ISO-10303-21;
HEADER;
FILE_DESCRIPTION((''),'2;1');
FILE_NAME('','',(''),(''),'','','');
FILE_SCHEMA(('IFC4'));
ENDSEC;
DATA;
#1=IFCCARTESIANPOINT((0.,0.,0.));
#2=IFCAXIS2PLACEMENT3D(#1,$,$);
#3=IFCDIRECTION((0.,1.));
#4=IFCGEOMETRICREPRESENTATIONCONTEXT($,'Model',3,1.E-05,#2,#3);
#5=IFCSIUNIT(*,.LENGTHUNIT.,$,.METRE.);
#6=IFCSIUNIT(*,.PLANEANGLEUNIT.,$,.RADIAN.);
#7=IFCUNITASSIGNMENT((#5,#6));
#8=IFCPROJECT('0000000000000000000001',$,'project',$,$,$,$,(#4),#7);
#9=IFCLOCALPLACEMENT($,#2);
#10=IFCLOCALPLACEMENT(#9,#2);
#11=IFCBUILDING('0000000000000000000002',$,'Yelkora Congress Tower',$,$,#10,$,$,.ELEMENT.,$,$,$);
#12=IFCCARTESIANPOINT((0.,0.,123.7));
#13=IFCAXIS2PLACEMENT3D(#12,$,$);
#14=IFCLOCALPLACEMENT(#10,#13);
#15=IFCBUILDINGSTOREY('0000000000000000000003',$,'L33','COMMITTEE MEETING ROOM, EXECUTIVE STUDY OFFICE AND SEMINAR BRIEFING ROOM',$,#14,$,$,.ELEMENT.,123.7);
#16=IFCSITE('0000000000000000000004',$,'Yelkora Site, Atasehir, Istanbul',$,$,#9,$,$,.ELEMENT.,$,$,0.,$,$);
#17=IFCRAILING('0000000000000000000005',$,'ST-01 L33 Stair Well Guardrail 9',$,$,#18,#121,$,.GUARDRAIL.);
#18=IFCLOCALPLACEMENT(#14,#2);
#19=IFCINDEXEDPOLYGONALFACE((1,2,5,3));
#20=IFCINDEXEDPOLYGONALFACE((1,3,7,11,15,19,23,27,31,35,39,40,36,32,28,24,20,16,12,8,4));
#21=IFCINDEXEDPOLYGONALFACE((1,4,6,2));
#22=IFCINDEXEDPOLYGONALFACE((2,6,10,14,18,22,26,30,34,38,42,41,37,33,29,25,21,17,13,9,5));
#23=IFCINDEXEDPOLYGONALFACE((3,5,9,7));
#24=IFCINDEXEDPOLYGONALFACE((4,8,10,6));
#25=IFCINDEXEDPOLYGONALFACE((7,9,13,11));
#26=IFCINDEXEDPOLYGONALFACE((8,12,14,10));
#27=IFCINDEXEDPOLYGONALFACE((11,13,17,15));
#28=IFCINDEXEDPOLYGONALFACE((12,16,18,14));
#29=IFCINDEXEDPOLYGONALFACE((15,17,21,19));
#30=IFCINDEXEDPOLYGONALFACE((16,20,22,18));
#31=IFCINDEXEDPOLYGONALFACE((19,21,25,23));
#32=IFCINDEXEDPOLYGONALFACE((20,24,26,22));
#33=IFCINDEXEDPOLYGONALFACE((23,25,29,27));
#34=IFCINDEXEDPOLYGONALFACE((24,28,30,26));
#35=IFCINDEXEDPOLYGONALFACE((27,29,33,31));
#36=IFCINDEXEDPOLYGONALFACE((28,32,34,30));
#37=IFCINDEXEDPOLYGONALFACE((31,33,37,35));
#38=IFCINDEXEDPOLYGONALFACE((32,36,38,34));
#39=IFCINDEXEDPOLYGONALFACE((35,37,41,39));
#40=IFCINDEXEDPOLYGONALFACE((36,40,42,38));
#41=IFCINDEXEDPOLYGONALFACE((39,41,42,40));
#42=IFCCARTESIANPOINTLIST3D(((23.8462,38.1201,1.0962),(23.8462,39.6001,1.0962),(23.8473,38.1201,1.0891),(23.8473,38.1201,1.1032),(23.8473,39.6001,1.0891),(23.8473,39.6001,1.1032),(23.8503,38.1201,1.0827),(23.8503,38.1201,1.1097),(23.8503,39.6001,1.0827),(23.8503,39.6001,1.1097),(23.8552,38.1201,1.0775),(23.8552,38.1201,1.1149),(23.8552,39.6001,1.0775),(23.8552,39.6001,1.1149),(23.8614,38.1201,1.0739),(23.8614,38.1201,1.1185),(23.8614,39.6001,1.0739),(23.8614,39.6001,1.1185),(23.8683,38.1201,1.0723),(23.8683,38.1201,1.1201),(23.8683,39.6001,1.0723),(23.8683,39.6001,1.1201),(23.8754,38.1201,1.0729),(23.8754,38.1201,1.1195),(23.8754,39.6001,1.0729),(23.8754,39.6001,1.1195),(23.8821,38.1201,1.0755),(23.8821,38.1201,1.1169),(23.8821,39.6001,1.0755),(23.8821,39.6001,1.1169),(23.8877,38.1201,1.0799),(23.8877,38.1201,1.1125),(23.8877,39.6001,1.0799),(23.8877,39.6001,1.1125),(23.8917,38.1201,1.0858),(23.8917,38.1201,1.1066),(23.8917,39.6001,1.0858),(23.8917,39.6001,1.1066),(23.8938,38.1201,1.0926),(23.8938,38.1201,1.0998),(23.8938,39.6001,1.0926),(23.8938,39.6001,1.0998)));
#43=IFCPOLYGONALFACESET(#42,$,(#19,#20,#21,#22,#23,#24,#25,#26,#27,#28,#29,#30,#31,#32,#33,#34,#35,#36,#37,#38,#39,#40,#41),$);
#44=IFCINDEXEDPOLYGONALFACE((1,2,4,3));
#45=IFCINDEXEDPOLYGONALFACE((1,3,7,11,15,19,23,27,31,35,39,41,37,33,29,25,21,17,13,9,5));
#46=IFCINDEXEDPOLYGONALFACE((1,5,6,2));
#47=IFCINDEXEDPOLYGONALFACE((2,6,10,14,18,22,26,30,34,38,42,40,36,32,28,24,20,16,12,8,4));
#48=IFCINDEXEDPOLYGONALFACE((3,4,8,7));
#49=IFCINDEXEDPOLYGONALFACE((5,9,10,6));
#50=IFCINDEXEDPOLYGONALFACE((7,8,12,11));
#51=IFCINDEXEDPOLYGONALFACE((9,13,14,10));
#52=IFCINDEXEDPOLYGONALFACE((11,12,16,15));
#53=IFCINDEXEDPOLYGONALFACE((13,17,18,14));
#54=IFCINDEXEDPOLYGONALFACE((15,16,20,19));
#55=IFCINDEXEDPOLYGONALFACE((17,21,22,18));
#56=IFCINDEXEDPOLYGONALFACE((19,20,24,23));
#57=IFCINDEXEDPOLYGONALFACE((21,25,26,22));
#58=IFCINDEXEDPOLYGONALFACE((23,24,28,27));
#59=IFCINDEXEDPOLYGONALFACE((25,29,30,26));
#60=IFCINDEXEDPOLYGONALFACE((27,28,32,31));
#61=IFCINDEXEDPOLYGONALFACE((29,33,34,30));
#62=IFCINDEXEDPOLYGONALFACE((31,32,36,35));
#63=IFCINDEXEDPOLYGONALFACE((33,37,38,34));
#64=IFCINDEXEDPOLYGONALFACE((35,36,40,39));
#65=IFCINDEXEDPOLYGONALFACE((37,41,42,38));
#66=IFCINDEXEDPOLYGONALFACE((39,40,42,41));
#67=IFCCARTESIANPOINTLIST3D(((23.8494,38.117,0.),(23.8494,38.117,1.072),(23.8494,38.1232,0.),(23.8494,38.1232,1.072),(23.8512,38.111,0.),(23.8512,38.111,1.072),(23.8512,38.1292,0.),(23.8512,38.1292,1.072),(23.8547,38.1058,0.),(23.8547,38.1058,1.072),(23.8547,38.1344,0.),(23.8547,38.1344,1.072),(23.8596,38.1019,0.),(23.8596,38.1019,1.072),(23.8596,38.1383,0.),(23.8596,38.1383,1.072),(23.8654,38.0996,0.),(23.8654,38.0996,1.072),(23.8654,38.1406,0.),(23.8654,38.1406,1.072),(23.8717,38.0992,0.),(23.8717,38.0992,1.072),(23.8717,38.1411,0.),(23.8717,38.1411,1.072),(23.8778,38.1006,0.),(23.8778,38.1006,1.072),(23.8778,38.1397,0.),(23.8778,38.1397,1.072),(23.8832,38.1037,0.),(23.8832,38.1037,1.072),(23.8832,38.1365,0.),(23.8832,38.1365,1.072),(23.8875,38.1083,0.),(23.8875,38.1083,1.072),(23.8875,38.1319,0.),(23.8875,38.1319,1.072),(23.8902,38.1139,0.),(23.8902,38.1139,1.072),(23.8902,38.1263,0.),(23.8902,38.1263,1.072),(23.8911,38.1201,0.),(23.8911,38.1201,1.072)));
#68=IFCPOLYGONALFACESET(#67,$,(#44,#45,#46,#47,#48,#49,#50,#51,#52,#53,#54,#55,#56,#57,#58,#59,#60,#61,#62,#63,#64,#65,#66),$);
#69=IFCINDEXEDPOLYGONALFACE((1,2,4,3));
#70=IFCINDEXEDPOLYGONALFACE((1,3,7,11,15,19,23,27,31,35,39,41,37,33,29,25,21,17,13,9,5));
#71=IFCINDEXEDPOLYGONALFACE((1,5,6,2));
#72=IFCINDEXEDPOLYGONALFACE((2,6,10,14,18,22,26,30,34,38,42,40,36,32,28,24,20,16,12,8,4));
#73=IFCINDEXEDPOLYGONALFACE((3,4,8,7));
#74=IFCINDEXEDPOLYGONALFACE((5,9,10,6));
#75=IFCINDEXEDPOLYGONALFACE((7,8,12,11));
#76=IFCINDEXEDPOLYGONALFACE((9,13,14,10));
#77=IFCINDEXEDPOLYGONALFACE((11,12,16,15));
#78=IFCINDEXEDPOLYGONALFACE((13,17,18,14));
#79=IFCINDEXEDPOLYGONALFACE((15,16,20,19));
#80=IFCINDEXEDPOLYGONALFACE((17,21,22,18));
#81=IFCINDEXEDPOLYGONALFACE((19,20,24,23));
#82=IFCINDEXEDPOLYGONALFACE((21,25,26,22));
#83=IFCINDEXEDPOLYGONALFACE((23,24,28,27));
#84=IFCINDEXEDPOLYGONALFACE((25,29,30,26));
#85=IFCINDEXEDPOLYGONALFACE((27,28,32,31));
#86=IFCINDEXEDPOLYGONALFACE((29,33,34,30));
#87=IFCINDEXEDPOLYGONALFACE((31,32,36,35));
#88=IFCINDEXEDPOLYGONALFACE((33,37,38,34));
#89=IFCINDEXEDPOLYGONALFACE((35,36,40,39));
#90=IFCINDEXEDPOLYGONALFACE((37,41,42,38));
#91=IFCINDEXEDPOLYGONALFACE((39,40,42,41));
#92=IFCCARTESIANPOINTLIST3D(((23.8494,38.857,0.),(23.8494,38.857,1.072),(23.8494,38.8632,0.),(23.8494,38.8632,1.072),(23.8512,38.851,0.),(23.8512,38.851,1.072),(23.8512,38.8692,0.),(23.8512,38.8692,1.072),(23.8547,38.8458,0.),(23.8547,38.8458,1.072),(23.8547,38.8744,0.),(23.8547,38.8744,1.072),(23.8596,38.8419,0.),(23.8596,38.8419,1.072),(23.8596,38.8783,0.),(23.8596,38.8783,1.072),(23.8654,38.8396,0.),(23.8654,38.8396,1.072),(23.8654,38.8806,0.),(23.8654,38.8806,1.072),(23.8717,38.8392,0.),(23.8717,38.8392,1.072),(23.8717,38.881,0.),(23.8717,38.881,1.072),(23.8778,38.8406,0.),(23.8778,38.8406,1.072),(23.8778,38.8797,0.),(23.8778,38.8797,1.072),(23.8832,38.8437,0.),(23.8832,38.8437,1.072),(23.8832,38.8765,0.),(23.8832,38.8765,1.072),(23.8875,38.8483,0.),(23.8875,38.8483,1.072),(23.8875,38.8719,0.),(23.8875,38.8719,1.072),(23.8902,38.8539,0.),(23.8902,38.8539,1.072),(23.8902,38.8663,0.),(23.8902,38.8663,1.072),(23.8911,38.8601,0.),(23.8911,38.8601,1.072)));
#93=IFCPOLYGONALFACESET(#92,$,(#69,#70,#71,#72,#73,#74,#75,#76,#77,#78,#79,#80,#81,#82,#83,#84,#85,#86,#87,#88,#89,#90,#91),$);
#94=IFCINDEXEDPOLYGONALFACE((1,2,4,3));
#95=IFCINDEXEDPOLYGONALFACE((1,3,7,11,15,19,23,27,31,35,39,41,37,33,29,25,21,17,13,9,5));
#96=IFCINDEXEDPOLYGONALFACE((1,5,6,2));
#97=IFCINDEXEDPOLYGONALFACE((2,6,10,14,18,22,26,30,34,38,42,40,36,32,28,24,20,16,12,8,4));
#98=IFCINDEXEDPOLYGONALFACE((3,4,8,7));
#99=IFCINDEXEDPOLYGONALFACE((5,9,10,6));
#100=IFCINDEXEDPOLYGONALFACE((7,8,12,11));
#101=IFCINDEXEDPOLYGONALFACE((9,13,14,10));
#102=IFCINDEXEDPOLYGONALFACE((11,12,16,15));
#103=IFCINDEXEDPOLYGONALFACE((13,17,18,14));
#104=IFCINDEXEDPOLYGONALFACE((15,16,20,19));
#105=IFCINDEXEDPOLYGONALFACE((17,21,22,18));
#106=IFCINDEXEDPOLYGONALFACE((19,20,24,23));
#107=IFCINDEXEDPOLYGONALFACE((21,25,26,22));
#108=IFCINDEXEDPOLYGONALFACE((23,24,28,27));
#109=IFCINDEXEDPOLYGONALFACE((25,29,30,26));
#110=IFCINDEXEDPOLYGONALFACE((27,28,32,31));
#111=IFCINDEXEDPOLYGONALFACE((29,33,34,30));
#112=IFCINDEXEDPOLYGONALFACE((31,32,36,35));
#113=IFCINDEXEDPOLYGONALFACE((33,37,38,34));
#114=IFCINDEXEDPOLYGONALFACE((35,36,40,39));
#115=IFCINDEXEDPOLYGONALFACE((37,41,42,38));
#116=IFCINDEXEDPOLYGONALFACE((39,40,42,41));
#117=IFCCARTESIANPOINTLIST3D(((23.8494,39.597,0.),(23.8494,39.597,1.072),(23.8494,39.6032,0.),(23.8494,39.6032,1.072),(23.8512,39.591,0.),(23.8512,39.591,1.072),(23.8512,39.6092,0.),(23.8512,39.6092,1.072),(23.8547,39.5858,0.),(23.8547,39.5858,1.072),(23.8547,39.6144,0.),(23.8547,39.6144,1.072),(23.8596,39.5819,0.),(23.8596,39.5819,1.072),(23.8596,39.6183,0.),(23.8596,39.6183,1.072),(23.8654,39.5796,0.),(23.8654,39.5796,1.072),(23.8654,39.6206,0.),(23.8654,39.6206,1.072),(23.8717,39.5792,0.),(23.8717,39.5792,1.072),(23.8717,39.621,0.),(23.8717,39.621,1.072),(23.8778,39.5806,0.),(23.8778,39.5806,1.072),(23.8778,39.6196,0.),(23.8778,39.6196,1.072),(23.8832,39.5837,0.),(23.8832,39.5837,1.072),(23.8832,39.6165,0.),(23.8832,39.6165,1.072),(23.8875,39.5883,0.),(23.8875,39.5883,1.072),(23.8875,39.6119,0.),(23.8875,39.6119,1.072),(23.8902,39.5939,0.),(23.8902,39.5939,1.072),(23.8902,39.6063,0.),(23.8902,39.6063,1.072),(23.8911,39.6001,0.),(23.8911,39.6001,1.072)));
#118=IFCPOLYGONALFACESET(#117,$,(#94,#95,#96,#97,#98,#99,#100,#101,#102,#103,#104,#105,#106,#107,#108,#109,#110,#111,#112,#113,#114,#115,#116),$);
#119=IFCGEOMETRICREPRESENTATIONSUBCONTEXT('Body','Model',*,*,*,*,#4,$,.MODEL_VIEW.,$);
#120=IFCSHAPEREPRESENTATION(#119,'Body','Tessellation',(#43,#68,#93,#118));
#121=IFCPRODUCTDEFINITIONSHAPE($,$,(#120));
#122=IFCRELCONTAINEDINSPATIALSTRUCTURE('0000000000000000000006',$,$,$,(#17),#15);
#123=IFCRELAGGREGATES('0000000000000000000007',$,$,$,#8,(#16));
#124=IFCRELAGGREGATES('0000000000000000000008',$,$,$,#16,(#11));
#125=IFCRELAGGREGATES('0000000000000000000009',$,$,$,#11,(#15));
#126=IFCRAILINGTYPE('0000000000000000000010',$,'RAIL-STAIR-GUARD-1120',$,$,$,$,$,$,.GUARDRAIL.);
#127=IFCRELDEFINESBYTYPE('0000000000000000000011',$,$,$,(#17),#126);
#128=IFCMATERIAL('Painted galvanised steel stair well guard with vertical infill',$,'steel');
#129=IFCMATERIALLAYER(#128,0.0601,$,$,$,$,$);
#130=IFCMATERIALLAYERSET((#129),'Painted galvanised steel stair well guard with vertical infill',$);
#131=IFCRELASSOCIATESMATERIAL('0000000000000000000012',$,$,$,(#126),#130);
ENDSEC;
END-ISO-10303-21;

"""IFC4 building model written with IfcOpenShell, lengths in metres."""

from ifc_helpers import new_model, si_unit, direction, frame, origin, origin_2d, place, context, subcontext, project, spatial, circle, extrude, material, layer, layer_set, type_object, element, save


model = new_model("IFC4")

# Units and contexts
model_context = context("Model", 3, precision=1e-05, world=origin(), true_north=direction((0.0, 1.0)))
body_context = subcontext(model_context, "Body", "Model", "MODEL_VIEW")
ifc_project = project(units=[si_unit("LENGTHUNIT", "METRE"), si_unit("PLANEANGLEUNIT", "RADIAN")], contexts=[model_context])

# Site, building, storey
site_placement = place(None, origin())
site = spatial("IfcSite", under=ifc_project, at=site_placement, Name="Yelkora Site, Atasehir, Istanbul", CompositionType="ELEMENT", RefElevation=0.0)
building_placement = place(site_placement, origin())
building = spatial("IfcBuilding", under=site, at=building_placement, Name="Yelkora Congress Tower", CompositionType="ELEMENT")
storey_placement = place(building_placement, frame((0.0, 0.0, 123.7)))
storey = spatial("IfcBuildingStorey", under=building, at=storey_placement, Name="L33", Description="COMMITTEE MEETING ROOM, EXECUTIVE STUDY OFFICE AND SEMINAR BRIEFING ROOM", CompositionType="ELEMENT", Elevation=123.7)

# Railing
ifc_material_1 = material(Name="Painted galvanised steel stair well guard with vertical infill", Category="steel")
ifc_layer_1 = layer(ifc_material_1, 0.0601)
ifc_layer_set_1 = layer_set([ifc_layer_1], Name="Painted galvanised steel stair well guard with vertical infill")
railing_type_1 = type_object("IfcRailingType", Name="RAIL-STAIR-GUARD-1120", PredefinedType="GUARDRAIL", material=ifc_layer_set_1)
railing_1_placement = place(storey_placement, frame((23.8701, 38.1201, 0.0)))
element("IfcRailing", 1, at=railing_1_placement, inside=storey, type_object=railing_type_1, Name="ST-01 L33 Stair Well Guardrail 9", PredefinedType="GUARDRAIL", context=body_context, shape_type="SweptSolid", body=[
    extrude(circle(Radius=0.0239, at=origin_2d()), frame((0.0, 0.0, 1.0962), z_axis=(0.0, 1.0, 0.0), x_axis=(-1.0, 0.0, 0.0)), (0.0, 0.0, 1.0), 1.48),
    extrude(circle(Radius=0.021, at=origin_2d()), origin(), (0.0, 0.0, 1.0), 1.072),
    extrude(circle(Radius=0.021, at=origin_2d()), frame((0.0, 0.74, 0.0)), (0.0, 0.0, 1.0), 1.072),
    extrude(circle(Radius=0.021, at=origin_2d()), frame((0.0, 1.48, 0.0)), (0.0, 0.0, 1.0), 1.072),
])

save(model, "model.ifc")
